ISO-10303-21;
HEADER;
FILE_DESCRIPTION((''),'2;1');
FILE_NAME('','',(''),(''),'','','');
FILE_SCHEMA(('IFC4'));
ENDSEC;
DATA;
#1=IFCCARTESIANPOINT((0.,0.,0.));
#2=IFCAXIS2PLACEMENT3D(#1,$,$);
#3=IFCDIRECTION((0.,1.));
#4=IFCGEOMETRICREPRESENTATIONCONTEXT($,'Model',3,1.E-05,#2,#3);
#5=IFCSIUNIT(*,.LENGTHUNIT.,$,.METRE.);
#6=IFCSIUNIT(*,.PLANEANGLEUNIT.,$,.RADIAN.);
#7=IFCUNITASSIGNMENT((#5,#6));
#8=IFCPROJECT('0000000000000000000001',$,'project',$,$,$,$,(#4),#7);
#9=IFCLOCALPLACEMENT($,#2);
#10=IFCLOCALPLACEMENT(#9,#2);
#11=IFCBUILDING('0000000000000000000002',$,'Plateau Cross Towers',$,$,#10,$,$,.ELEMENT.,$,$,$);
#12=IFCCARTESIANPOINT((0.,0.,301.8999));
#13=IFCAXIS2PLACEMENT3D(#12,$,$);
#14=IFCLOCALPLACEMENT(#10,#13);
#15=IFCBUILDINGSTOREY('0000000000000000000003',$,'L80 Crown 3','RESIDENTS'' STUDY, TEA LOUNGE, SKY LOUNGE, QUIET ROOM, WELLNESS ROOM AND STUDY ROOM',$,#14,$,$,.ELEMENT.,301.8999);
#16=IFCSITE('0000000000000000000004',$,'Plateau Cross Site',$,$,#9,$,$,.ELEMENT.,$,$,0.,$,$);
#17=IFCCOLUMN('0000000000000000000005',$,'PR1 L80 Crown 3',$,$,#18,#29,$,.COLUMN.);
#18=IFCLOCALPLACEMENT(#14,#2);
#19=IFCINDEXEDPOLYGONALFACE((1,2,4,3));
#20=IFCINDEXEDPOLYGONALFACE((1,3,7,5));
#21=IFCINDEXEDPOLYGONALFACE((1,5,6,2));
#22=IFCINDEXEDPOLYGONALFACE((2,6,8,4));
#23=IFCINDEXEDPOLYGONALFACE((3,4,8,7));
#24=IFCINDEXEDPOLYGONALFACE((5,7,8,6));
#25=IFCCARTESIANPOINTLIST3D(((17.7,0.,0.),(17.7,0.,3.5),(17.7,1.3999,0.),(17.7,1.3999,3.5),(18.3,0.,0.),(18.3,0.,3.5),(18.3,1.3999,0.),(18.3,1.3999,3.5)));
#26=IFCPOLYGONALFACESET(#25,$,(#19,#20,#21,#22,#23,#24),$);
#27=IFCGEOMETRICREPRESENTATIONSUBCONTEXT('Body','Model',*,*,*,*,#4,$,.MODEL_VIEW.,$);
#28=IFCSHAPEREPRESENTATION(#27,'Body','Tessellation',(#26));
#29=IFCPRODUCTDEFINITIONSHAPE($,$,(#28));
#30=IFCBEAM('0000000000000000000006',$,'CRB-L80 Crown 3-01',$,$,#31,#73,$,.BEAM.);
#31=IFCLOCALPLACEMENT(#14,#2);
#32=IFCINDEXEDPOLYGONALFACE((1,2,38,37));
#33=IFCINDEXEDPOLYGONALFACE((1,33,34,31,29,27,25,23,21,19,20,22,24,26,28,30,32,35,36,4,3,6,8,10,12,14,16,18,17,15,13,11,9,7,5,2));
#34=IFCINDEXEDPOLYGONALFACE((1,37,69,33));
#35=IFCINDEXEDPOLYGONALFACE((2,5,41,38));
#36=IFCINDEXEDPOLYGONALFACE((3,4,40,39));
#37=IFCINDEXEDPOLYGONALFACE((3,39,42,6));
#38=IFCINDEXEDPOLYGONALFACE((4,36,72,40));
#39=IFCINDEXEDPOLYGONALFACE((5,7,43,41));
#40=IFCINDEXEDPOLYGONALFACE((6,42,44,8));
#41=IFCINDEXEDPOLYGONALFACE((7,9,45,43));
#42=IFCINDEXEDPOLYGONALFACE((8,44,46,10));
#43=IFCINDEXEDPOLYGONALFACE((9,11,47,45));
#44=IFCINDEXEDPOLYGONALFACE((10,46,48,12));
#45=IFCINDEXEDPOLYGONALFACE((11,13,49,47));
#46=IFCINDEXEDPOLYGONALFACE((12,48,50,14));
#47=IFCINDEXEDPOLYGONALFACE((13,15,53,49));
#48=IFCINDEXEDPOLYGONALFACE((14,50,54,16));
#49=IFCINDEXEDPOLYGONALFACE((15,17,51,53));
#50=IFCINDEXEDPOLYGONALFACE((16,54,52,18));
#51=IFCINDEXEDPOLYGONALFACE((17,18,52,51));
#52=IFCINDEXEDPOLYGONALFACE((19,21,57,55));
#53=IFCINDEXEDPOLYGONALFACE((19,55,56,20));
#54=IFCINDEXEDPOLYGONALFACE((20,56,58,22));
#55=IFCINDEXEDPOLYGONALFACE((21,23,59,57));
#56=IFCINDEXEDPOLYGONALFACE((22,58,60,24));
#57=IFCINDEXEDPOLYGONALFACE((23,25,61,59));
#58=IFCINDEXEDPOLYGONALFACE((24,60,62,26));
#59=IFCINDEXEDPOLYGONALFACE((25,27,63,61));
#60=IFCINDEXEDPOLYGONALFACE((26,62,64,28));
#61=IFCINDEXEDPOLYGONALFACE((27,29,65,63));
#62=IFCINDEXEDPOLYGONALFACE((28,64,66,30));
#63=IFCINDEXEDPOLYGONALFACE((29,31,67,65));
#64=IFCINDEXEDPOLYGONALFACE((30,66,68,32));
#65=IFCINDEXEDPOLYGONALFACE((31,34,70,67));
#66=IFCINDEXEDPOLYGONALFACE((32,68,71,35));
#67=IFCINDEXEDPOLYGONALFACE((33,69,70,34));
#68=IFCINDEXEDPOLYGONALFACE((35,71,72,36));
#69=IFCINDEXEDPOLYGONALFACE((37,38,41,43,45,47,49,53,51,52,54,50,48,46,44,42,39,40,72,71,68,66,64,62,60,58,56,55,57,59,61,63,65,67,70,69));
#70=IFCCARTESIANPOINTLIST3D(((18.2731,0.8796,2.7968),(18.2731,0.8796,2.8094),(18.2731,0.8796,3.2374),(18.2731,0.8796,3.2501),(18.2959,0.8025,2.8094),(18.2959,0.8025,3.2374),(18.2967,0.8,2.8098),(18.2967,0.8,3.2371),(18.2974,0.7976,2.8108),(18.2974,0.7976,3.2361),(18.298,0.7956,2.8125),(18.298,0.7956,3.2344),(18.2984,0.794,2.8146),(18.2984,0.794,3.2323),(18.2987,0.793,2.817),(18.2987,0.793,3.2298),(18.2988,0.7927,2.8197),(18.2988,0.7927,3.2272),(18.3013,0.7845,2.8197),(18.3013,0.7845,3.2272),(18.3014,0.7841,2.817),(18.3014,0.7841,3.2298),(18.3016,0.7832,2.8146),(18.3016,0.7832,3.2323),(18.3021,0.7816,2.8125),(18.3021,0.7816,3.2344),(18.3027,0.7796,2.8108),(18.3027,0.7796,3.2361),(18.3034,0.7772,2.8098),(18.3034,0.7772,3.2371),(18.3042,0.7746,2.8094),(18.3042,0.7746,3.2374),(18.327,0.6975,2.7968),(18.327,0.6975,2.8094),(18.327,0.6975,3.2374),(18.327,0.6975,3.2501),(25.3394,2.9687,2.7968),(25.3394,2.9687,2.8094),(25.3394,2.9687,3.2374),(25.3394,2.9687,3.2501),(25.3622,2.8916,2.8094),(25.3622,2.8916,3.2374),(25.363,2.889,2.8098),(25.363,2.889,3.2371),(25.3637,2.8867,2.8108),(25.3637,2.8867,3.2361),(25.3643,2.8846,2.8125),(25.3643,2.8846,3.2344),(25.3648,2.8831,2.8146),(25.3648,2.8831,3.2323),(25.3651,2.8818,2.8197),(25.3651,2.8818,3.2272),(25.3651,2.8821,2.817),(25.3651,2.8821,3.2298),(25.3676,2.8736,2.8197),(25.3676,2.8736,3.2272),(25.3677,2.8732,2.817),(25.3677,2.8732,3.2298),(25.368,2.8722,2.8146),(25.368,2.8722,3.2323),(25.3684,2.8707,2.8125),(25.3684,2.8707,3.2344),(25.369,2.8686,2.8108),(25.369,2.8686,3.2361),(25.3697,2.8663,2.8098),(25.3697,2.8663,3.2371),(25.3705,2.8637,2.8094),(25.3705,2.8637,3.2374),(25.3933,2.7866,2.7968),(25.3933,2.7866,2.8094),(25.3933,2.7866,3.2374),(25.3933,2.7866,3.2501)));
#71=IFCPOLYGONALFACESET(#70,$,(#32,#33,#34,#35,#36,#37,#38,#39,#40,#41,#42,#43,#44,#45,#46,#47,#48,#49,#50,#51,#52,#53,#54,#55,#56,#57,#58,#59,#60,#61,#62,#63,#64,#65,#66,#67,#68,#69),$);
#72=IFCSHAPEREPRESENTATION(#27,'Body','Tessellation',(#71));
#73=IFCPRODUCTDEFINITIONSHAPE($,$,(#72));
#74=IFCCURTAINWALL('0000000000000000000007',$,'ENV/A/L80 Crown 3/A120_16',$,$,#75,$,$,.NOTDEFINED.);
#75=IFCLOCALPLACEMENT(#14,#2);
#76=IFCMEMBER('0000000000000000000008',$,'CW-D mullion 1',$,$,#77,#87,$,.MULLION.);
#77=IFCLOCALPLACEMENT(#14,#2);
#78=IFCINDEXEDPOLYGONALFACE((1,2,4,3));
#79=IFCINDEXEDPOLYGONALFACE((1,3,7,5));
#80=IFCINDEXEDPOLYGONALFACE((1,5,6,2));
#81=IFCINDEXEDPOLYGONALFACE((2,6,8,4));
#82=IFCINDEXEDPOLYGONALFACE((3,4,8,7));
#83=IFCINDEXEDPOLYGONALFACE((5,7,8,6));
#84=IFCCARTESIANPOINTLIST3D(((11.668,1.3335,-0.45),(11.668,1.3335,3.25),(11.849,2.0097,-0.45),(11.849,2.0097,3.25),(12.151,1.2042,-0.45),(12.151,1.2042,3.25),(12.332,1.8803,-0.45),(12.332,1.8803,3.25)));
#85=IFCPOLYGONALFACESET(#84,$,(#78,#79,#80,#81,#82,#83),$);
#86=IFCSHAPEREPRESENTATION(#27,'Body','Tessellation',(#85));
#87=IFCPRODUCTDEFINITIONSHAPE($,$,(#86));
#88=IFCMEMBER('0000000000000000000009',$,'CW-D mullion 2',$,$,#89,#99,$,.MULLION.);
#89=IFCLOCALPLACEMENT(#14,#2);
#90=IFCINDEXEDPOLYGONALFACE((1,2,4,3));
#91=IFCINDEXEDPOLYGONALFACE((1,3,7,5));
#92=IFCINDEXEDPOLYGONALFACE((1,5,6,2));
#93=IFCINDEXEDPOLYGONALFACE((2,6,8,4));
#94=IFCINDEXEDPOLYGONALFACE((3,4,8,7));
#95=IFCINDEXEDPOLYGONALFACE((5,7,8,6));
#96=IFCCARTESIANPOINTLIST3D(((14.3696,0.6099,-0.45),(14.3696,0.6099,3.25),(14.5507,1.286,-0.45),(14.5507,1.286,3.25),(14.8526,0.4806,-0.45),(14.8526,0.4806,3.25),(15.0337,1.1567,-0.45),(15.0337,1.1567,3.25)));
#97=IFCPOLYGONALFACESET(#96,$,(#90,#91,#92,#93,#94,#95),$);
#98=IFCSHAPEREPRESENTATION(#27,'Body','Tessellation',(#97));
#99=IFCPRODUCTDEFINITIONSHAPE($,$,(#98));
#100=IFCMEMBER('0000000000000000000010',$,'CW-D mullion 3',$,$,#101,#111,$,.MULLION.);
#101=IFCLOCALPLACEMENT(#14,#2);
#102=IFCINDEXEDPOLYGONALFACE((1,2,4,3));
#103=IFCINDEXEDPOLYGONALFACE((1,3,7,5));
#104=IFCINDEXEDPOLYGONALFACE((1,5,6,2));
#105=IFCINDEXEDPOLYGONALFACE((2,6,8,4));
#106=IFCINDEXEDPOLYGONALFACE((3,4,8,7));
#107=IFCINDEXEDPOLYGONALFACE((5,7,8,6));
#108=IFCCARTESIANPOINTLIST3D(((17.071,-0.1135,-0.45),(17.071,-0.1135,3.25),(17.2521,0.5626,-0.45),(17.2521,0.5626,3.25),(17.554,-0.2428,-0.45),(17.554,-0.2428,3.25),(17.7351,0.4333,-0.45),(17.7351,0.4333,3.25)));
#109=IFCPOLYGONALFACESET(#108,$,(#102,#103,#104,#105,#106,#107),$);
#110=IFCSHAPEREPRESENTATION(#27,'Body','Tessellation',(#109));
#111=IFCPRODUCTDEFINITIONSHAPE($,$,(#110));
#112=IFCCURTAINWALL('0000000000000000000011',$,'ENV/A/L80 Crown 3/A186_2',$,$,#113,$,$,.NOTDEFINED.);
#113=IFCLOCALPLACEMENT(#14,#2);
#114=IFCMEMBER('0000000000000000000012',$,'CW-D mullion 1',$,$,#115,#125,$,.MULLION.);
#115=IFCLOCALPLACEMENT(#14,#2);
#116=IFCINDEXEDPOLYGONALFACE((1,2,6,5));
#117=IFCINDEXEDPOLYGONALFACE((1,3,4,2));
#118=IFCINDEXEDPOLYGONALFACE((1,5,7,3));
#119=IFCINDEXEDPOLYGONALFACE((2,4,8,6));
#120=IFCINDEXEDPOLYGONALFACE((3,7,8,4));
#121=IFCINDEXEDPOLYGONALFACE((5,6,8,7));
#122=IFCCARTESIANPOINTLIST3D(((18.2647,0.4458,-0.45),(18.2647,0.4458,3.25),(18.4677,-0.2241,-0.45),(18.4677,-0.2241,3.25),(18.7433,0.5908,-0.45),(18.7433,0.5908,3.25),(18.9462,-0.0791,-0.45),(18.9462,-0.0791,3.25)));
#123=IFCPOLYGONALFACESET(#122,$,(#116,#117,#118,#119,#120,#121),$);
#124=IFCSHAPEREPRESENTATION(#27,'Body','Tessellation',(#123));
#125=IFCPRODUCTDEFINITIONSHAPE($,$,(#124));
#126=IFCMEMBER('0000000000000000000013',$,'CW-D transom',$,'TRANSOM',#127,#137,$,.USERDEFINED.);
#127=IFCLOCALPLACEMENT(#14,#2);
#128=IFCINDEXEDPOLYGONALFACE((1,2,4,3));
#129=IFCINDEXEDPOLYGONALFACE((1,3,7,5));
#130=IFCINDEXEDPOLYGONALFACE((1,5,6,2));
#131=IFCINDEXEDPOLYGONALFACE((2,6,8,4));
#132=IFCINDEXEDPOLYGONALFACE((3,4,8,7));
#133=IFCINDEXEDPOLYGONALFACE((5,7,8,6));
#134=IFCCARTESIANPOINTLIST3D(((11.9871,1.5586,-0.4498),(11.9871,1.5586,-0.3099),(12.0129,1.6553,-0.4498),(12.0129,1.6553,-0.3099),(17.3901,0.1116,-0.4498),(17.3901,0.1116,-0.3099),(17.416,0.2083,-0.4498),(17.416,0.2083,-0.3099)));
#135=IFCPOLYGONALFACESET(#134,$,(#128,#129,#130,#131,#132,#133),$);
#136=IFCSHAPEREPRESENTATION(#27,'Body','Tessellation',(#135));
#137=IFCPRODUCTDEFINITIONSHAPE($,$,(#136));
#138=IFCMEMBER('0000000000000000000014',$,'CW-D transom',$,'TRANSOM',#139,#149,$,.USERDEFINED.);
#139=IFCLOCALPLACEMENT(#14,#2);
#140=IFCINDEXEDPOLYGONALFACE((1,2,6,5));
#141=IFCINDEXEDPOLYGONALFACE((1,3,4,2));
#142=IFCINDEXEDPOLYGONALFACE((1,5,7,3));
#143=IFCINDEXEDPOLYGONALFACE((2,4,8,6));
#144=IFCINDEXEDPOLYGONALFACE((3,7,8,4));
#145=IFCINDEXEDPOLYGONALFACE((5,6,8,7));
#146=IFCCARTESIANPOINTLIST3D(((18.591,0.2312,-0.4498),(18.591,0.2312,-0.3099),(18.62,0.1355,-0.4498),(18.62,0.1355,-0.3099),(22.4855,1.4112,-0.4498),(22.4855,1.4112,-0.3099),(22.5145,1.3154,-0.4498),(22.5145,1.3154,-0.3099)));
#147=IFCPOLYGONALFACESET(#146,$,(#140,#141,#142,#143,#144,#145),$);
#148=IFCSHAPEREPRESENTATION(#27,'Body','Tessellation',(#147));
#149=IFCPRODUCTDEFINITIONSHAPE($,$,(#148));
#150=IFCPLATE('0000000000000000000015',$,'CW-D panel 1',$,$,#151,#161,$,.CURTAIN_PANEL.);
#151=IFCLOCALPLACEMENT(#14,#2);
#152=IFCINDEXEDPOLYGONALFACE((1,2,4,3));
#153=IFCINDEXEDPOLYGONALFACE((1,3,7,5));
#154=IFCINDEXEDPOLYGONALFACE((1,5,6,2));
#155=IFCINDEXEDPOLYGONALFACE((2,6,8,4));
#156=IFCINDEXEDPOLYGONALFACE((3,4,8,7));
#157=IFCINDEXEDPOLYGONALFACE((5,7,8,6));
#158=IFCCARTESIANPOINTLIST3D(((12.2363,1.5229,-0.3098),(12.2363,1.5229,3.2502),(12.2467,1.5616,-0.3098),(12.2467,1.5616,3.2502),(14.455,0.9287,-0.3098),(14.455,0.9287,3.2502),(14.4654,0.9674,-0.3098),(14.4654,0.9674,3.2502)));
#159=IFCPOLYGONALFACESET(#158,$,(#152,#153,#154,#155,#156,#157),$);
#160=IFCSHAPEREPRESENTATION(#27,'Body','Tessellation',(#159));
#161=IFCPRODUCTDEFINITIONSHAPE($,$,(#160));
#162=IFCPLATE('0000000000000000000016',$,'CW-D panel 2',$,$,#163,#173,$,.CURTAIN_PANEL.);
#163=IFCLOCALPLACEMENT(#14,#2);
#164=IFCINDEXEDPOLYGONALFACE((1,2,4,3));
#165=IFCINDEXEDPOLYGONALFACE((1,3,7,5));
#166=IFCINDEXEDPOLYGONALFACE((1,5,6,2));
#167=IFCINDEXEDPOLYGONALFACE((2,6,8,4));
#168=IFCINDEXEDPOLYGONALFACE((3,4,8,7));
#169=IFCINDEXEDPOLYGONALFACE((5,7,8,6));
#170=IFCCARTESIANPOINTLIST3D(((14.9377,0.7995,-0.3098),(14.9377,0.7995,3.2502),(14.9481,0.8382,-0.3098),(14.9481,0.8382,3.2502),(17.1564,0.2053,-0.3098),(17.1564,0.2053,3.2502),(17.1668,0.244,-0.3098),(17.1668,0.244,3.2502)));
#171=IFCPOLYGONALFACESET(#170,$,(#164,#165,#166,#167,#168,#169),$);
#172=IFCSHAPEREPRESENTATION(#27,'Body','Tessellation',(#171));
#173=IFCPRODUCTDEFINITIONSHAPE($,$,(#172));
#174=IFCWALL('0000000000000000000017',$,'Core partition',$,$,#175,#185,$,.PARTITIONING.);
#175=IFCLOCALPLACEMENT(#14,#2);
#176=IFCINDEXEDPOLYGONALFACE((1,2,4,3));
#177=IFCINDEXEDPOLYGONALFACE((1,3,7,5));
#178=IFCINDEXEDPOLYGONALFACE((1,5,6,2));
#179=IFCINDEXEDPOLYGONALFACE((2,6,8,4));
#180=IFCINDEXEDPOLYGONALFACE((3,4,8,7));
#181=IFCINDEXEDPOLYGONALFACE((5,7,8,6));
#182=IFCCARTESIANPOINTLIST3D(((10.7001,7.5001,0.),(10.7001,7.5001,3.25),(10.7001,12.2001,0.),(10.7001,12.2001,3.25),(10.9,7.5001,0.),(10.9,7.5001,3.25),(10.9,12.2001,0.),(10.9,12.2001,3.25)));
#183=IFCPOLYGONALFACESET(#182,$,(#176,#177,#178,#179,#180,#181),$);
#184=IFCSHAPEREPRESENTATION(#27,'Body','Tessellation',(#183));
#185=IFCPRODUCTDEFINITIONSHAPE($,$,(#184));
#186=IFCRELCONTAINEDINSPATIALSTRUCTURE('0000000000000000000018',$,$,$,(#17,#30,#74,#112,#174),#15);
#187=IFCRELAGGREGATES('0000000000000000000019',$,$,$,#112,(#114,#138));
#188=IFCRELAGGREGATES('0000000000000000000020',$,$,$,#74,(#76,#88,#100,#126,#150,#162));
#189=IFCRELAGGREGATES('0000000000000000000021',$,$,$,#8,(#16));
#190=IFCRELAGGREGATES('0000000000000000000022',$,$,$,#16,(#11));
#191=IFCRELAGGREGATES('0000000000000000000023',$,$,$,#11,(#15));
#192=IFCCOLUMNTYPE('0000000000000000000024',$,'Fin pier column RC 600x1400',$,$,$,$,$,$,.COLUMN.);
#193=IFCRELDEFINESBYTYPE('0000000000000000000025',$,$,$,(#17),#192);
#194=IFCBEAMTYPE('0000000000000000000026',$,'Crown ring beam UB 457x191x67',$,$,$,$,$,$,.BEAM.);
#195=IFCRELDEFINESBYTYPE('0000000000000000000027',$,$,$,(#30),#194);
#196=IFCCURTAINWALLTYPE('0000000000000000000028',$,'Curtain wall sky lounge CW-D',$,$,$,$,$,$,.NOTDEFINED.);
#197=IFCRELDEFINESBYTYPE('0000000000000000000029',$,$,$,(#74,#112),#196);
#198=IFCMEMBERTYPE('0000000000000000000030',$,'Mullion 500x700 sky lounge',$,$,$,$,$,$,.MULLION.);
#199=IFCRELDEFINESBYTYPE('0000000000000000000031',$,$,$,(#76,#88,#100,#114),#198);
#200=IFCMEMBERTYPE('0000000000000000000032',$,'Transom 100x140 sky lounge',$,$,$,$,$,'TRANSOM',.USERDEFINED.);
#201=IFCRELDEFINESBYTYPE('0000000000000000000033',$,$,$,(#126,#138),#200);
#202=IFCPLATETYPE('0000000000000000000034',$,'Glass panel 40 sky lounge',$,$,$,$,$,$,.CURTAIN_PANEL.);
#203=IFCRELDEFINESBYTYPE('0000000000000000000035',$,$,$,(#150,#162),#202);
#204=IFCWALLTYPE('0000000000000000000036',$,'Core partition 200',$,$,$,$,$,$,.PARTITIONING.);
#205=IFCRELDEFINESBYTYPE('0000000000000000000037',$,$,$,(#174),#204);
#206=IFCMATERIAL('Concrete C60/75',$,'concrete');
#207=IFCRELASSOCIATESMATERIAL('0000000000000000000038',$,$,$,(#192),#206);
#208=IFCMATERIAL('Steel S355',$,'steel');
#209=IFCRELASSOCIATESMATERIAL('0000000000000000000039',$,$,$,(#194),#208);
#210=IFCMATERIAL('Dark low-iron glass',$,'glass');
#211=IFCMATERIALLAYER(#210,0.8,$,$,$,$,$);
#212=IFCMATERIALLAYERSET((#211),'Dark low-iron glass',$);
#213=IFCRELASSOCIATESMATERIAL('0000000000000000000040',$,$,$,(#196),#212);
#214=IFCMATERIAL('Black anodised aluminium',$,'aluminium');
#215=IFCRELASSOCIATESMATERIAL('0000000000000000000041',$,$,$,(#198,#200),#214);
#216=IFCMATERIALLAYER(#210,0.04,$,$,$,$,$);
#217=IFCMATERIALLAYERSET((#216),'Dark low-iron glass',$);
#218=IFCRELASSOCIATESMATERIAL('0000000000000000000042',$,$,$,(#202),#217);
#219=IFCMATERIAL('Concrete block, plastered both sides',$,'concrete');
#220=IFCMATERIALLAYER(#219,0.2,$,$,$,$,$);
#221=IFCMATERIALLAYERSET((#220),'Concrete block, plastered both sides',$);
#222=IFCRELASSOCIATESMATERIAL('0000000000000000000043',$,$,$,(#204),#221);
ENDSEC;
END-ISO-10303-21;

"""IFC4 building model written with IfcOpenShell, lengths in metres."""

from ifc_helpers import new_model, si_unit, direction, frame, frame_2d, origin, origin_2d, place, context, subcontext, project, spatial, rectangle, i_section, extrude, material, layer, layer_set, material_profile, profile_set, type_object, element, aggregate, save


model = new_model("IFC4")

# Units and contexts
model_context = context("Model", 3, precision=1e-05, world=origin(), true_north=direction((0.0, 1.0)))
body_context = subcontext(model_context, "Body", "Model", "MODEL_VIEW")
ifc_project = project(units=[si_unit("LENGTHUNIT", "METRE"), si_unit("PLANEANGLEUNIT", "RADIAN")], contexts=[model_context])

# Site, building, storey
site_placement = place(None, origin())
site = spatial("IfcSite", under=ifc_project, at=site_placement, Name="Plateau Cross Site", CompositionType="ELEMENT", RefElevation=0.0)
building_placement = place(site_placement, origin())
building = spatial("IfcBuilding", under=site, at=building_placement, Name="Plateau Cross Towers", CompositionType="ELEMENT")
storey_placement = place(building_placement, frame((0.0, 0.0, 301.8999)))
storey = spatial("IfcBuildingStorey", under=building, at=storey_placement, Name="L80 Crown 3", Description="RESIDENTS' STUDY, TEA LOUNGE, SKY LOUNGE, QUIET ROOM, WELLNESS ROOM AND STUDY ROOM", CompositionType="ELEMENT", Elevation=301.8999)

# Column
ifc_material_1 = material(Name="Concrete C60/75", Category="concrete")
ifc_material_profile_1 = material_profile(ifc_material_1, rectangle(XDim=0.6001, YDim=1.3999, at=origin_2d()), Name="RC 600x1400")
ifc_profile_set_1 = profile_set([ifc_material_profile_1], Name="Concrete C60/75")
column_type = type_object("IfcColumnType", Name="Fin pier column RC 600x1400", PredefinedType="COLUMN", material=ifc_profile_set_1)
column_placement = place(storey_placement, frame((18.0, 0.7, 0.0), z_axis=(0.0, 0.0, 1.0), x_axis=(1.0, 0.0, 0.0)))
element("IfcColumn", 1, at=column_placement, inside=storey, type_object=column_type, Name="PR1 L80 Crown 3", PredefinedType="COLUMN", context=body_context, shape_type="SweptSolid", body=[
    extrude(rectangle(XDim=0.6001, YDim=1.3999, at=origin_2d()), origin(), (0.0, 0.0, 1.0), 3.5),
])

# Beam
ifc_material_2 = material(Name="Steel S355", Category="steel")
ifc_material_profile_2 = material_profile(ifc_material_2, i_section(OverallWidth=0.1899, OverallDepth=0.4534, WebThickness=0.0085, FlangeThickness=0.0127, FilletRadius=0.0103, at=origin_2d()), Name="UB 457x191x67")
ifc_profile_set_2 = profile_set([ifc_material_profile_2], Name="Steel S355")
beam_type = type_object("IfcBeamType", Name="Crown ring beam UB 457x191x67", PredefinedType="BEAM", material=ifc_profile_set_2)
beam_placement = place(storey_placement, frame((18.3, 0.7886, 3.0234), z_axis=(0.958969, 0.28351, 0.0), x_axis=(-0.28351, 0.958969, 0.0)))
element("IfcBeam", 2, at=beam_placement, inside=storey, type_object=beam_type, Name="CRB-L80 Crown 3-01", PredefinedType="BEAM", context=body_context, shape_type="SweptSolid", body=[
    extrude(i_section(OverallWidth=0.1899, OverallDepth=0.4534, WebThickness=0.0085, FlangeThickness=0.0127, FilletRadius=0.0103, at=origin_2d()), origin(), (0.0, 0.0, 1.0), 7.3687),
])

# Curtain wall, members
ifc_material_3 = material(Name="Dark low-iron glass", Category="glass")
ifc_layer_1 = layer(ifc_material_3, 0.8)
ifc_layer_set_1 = layer_set([ifc_layer_1], Name="Dark low-iron glass")
curtain_wall_type = type_object("IfcCurtainWallType", Name="Curtain wall sky lounge CW-D", PredefinedType="NOTDEFINED", material=ifc_layer_set_1)
curtain_wall_1_placement = place(storey_placement, origin())
curtain_wall_1 = element("IfcCurtainWall", 3, at=curtain_wall_1_placement, inside=storey, type_object=curtain_wall_type, Name="ENV/A/L80 Crown 3/A120_16", PredefinedType="NOTDEFINED")
ifc_material_4 = material(Name="Black anodised aluminium", Category="aluminium")
ifc_material_profile_3 = material_profile(ifc_material_4, rectangle(XDim=0.5, YDim=0.7, at=origin_2d()), Name="MULLION 500x700")
ifc_profile_set_3 = profile_set([ifc_material_profile_3], Name="Black anodised aluminium")
member_type_1 = type_object("IfcMemberType", Name="Mullion 500x700 sky lounge", PredefinedType="MULLION", material=ifc_profile_set_3)
member_1_placement = place(storey_placement, frame((12.0, 1.6069, -0.45), z_axis=(0.0, 0.0, 1.0), x_axis=(0.965958, -0.258699, 0.0)))
member_1 = element("IfcMember", 4, at=member_1_placement, type_object=member_type_1, Name="CW-D mullion 1", PredefinedType="MULLION", context=body_context, shape_type="SweptSolid", body=[
    extrude(rectangle(XDim=0.5, YDim=0.7, at=origin_2d()), origin(), (0.0, 0.0, 1.0), 3.7),
])
member_2_placement = place(storey_placement, frame((14.7017, 0.8833, -0.45), z_axis=(0.0, 0.0, 1.0), x_axis=(0.965958, -0.258699, 0.0)))
member_2 = element("IfcMember", 5, at=member_2_placement, type_object=member_type_1, Name="CW-D mullion 2", PredefinedType="MULLION", context=body_context, shape_type="SweptSolid", body=[
    extrude(rectangle(XDim=0.5, YDim=0.7, at=origin_2d()), origin(), (0.0, 0.0, 1.0), 3.7),
])
member_3_placement = place(storey_placement, frame((17.4031, 0.1599, -0.45), z_axis=(0.0, 0.0, 1.0), x_axis=(0.965958, -0.258699, 0.0)))
member_3 = element("IfcMember", 6, at=member_3_placement, type_object=member_type_1, Name="CW-D mullion 3", PredefinedType="MULLION", context=body_context, shape_type="SweptSolid", body=[
    extrude(rectangle(XDim=0.5, YDim=0.7, at=origin_2d()), origin(), (0.0, 0.0, 1.0), 3.7),
])

# Curtain wall, member
curtain_wall_2_placement = place(storey_placement, origin())
curtain_wall_2 = element("IfcCurtainWall", 7, at=curtain_wall_2_placement, inside=storey, type_object=curtain_wall_type, Name="ENV/A/L80 Crown 3/A186_2", PredefinedType="NOTDEFINED")
member_4_placement = place(storey_placement, frame((18.6055, 0.1833, -0.45), z_axis=(0.0, 0.0, 1.0), x_axis=(0.957048, 0.289928, 0.0)))
member_4 = element("IfcMember", 8, at=member_4_placement, type_object=member_type_1, Name="CW-D mullion 1", PredefinedType="MULLION", context=body_context, shape_type="SweptSolid", body=[
    extrude(rectangle(XDim=0.5, YDim=0.7, at=origin_2d()), origin(), (0.0, 0.0, 1.0), 3.7),
])

# Members
ifc_material_profile_4 = material_profile(ifc_material_4, rectangle(XDim=0.1001, YDim=0.1399, at=origin_2d()), Name="TRANSOM 100x140")
ifc_profile_set_4 = profile_set([ifc_material_profile_4], Name="Black anodised aluminium")
member_type_2 = type_object("IfcMemberType", Name="Transom 100x140 sky lounge", ElementType="TRANSOM", PredefinedType="USERDEFINED", material=ifc_profile_set_4)
member_5_placement = place(storey_placement, frame((12.0, 1.6069, -0.3799), z_axis=(0.965958, -0.258698, 0.0), x_axis=(0.258698, 0.965958, 0.0)))
member_5 = element("IfcMember", 9, at=member_5_placement, type_object=member_type_2, Name="CW-D transom", ObjectType="TRANSOM", PredefinedType="USERDEFINED", context=body_context, shape_type="SweptSolid", body=[
    extrude(rectangle(XDim=0.1001, YDim=0.1399, at=origin_2d()), origin(), (0.0, 0.0, 1.0), 5.5935),
])
member_6_placement = place(storey_placement, frame((18.6055, 0.1833, -0.3799), z_axis=(0.95704, 0.289956, 0.0), x_axis=(-0.289956, 0.95704, 0.0)))
member_6 = element("IfcMember", 10, at=member_6_placement, type_object=member_type_2, Name="CW-D transom", ObjectType="TRANSOM", PredefinedType="USERDEFINED", context=body_context, shape_type="SweptSolid", body=[
    extrude(rectangle(XDim=0.1001, YDim=0.1399, at=origin_2d()), origin(), (0.0, 0.0, 1.0), 4.0693),
])
aggregate(curtain_wall_2, [member_4, member_6])

# Plates
ifc_layer_2 = layer(ifc_material_3, 0.04)
ifc_layer_set_2 = layer_set([ifc_layer_2], Name="Dark low-iron glass")
plate_type = type_object("IfcPlateType", Name="Glass panel 40 sky lounge", PredefinedType="CURTAIN_PANEL", material=ifc_layer_set_2)
plate_1_placement = place(storey_placement, frame((13.3508, 1.2451, -0.3098), z_axis=(0.0, 0.0, 1.0), x_axis=(0.965958, -0.258699, 0.0)))
plate_1 = element("IfcPlate", 11, at=plate_1_placement, type_object=plate_type, Name="CW-D panel 1", PredefinedType="CURTAIN_PANEL", context=body_context, shape_type="SweptSolid", body=[
    extrude(rectangle(XDim=2.2969, YDim=0.04, at=origin_2d()), origin(), (0.0, 0.0, 1.0), 3.5601),
])
plate_2_placement = place(storey_placement, frame((16.0522, 0.5217, -0.3098), z_axis=(0.0, 0.0, 1.0), x_axis=(0.965958, -0.258699, 0.0)))
plate_2 = element("IfcPlate", 12, at=plate_2_placement, type_object=plate_type, Name="CW-D panel 2", PredefinedType="CURTAIN_PANEL", context=body_context, shape_type="SweptSolid", body=[
    extrude(rectangle(XDim=2.2969, YDim=0.04, at=origin_2d()), origin(), (0.0, 0.0, 1.0), 3.5601),
])
aggregate(curtain_wall_1, [member_1, member_2, member_3, member_5, plate_1, plate_2])

# Wall
ifc_material_5 = material(Name="Concrete block, plastered both sides", Category="concrete")
ifc_layer_3 = layer(ifc_material_5, 0.2)
ifc_layer_set_3 = layer_set([ifc_layer_3], Name="Concrete block, plastered both sides")
wall_type_1 = type_object("IfcWallType", Name="Core partition 200", PredefinedType="PARTITIONING", material=ifc_layer_set_3)
wall_1_placement = place(storey_placement, frame((10.8, 7.5, 0.0), z_axis=(0.0, 0.0, 1.0), x_axis=(0.0, 1.0, 0.0)))
element("IfcWall", 13, at=wall_1_placement, inside=storey, type_object=wall_type_1, Name="Core partition", PredefinedType="PARTITIONING", context=body_context, shape_type="SweptSolid", body=[
    extrude(rectangle(XDim=4.7, YDim=0.2, at=frame_2d((2.3501, 0.0))), origin(), (0.0, 0.0, 1.0), 3.25),
])

save(model, "model.ifc")
